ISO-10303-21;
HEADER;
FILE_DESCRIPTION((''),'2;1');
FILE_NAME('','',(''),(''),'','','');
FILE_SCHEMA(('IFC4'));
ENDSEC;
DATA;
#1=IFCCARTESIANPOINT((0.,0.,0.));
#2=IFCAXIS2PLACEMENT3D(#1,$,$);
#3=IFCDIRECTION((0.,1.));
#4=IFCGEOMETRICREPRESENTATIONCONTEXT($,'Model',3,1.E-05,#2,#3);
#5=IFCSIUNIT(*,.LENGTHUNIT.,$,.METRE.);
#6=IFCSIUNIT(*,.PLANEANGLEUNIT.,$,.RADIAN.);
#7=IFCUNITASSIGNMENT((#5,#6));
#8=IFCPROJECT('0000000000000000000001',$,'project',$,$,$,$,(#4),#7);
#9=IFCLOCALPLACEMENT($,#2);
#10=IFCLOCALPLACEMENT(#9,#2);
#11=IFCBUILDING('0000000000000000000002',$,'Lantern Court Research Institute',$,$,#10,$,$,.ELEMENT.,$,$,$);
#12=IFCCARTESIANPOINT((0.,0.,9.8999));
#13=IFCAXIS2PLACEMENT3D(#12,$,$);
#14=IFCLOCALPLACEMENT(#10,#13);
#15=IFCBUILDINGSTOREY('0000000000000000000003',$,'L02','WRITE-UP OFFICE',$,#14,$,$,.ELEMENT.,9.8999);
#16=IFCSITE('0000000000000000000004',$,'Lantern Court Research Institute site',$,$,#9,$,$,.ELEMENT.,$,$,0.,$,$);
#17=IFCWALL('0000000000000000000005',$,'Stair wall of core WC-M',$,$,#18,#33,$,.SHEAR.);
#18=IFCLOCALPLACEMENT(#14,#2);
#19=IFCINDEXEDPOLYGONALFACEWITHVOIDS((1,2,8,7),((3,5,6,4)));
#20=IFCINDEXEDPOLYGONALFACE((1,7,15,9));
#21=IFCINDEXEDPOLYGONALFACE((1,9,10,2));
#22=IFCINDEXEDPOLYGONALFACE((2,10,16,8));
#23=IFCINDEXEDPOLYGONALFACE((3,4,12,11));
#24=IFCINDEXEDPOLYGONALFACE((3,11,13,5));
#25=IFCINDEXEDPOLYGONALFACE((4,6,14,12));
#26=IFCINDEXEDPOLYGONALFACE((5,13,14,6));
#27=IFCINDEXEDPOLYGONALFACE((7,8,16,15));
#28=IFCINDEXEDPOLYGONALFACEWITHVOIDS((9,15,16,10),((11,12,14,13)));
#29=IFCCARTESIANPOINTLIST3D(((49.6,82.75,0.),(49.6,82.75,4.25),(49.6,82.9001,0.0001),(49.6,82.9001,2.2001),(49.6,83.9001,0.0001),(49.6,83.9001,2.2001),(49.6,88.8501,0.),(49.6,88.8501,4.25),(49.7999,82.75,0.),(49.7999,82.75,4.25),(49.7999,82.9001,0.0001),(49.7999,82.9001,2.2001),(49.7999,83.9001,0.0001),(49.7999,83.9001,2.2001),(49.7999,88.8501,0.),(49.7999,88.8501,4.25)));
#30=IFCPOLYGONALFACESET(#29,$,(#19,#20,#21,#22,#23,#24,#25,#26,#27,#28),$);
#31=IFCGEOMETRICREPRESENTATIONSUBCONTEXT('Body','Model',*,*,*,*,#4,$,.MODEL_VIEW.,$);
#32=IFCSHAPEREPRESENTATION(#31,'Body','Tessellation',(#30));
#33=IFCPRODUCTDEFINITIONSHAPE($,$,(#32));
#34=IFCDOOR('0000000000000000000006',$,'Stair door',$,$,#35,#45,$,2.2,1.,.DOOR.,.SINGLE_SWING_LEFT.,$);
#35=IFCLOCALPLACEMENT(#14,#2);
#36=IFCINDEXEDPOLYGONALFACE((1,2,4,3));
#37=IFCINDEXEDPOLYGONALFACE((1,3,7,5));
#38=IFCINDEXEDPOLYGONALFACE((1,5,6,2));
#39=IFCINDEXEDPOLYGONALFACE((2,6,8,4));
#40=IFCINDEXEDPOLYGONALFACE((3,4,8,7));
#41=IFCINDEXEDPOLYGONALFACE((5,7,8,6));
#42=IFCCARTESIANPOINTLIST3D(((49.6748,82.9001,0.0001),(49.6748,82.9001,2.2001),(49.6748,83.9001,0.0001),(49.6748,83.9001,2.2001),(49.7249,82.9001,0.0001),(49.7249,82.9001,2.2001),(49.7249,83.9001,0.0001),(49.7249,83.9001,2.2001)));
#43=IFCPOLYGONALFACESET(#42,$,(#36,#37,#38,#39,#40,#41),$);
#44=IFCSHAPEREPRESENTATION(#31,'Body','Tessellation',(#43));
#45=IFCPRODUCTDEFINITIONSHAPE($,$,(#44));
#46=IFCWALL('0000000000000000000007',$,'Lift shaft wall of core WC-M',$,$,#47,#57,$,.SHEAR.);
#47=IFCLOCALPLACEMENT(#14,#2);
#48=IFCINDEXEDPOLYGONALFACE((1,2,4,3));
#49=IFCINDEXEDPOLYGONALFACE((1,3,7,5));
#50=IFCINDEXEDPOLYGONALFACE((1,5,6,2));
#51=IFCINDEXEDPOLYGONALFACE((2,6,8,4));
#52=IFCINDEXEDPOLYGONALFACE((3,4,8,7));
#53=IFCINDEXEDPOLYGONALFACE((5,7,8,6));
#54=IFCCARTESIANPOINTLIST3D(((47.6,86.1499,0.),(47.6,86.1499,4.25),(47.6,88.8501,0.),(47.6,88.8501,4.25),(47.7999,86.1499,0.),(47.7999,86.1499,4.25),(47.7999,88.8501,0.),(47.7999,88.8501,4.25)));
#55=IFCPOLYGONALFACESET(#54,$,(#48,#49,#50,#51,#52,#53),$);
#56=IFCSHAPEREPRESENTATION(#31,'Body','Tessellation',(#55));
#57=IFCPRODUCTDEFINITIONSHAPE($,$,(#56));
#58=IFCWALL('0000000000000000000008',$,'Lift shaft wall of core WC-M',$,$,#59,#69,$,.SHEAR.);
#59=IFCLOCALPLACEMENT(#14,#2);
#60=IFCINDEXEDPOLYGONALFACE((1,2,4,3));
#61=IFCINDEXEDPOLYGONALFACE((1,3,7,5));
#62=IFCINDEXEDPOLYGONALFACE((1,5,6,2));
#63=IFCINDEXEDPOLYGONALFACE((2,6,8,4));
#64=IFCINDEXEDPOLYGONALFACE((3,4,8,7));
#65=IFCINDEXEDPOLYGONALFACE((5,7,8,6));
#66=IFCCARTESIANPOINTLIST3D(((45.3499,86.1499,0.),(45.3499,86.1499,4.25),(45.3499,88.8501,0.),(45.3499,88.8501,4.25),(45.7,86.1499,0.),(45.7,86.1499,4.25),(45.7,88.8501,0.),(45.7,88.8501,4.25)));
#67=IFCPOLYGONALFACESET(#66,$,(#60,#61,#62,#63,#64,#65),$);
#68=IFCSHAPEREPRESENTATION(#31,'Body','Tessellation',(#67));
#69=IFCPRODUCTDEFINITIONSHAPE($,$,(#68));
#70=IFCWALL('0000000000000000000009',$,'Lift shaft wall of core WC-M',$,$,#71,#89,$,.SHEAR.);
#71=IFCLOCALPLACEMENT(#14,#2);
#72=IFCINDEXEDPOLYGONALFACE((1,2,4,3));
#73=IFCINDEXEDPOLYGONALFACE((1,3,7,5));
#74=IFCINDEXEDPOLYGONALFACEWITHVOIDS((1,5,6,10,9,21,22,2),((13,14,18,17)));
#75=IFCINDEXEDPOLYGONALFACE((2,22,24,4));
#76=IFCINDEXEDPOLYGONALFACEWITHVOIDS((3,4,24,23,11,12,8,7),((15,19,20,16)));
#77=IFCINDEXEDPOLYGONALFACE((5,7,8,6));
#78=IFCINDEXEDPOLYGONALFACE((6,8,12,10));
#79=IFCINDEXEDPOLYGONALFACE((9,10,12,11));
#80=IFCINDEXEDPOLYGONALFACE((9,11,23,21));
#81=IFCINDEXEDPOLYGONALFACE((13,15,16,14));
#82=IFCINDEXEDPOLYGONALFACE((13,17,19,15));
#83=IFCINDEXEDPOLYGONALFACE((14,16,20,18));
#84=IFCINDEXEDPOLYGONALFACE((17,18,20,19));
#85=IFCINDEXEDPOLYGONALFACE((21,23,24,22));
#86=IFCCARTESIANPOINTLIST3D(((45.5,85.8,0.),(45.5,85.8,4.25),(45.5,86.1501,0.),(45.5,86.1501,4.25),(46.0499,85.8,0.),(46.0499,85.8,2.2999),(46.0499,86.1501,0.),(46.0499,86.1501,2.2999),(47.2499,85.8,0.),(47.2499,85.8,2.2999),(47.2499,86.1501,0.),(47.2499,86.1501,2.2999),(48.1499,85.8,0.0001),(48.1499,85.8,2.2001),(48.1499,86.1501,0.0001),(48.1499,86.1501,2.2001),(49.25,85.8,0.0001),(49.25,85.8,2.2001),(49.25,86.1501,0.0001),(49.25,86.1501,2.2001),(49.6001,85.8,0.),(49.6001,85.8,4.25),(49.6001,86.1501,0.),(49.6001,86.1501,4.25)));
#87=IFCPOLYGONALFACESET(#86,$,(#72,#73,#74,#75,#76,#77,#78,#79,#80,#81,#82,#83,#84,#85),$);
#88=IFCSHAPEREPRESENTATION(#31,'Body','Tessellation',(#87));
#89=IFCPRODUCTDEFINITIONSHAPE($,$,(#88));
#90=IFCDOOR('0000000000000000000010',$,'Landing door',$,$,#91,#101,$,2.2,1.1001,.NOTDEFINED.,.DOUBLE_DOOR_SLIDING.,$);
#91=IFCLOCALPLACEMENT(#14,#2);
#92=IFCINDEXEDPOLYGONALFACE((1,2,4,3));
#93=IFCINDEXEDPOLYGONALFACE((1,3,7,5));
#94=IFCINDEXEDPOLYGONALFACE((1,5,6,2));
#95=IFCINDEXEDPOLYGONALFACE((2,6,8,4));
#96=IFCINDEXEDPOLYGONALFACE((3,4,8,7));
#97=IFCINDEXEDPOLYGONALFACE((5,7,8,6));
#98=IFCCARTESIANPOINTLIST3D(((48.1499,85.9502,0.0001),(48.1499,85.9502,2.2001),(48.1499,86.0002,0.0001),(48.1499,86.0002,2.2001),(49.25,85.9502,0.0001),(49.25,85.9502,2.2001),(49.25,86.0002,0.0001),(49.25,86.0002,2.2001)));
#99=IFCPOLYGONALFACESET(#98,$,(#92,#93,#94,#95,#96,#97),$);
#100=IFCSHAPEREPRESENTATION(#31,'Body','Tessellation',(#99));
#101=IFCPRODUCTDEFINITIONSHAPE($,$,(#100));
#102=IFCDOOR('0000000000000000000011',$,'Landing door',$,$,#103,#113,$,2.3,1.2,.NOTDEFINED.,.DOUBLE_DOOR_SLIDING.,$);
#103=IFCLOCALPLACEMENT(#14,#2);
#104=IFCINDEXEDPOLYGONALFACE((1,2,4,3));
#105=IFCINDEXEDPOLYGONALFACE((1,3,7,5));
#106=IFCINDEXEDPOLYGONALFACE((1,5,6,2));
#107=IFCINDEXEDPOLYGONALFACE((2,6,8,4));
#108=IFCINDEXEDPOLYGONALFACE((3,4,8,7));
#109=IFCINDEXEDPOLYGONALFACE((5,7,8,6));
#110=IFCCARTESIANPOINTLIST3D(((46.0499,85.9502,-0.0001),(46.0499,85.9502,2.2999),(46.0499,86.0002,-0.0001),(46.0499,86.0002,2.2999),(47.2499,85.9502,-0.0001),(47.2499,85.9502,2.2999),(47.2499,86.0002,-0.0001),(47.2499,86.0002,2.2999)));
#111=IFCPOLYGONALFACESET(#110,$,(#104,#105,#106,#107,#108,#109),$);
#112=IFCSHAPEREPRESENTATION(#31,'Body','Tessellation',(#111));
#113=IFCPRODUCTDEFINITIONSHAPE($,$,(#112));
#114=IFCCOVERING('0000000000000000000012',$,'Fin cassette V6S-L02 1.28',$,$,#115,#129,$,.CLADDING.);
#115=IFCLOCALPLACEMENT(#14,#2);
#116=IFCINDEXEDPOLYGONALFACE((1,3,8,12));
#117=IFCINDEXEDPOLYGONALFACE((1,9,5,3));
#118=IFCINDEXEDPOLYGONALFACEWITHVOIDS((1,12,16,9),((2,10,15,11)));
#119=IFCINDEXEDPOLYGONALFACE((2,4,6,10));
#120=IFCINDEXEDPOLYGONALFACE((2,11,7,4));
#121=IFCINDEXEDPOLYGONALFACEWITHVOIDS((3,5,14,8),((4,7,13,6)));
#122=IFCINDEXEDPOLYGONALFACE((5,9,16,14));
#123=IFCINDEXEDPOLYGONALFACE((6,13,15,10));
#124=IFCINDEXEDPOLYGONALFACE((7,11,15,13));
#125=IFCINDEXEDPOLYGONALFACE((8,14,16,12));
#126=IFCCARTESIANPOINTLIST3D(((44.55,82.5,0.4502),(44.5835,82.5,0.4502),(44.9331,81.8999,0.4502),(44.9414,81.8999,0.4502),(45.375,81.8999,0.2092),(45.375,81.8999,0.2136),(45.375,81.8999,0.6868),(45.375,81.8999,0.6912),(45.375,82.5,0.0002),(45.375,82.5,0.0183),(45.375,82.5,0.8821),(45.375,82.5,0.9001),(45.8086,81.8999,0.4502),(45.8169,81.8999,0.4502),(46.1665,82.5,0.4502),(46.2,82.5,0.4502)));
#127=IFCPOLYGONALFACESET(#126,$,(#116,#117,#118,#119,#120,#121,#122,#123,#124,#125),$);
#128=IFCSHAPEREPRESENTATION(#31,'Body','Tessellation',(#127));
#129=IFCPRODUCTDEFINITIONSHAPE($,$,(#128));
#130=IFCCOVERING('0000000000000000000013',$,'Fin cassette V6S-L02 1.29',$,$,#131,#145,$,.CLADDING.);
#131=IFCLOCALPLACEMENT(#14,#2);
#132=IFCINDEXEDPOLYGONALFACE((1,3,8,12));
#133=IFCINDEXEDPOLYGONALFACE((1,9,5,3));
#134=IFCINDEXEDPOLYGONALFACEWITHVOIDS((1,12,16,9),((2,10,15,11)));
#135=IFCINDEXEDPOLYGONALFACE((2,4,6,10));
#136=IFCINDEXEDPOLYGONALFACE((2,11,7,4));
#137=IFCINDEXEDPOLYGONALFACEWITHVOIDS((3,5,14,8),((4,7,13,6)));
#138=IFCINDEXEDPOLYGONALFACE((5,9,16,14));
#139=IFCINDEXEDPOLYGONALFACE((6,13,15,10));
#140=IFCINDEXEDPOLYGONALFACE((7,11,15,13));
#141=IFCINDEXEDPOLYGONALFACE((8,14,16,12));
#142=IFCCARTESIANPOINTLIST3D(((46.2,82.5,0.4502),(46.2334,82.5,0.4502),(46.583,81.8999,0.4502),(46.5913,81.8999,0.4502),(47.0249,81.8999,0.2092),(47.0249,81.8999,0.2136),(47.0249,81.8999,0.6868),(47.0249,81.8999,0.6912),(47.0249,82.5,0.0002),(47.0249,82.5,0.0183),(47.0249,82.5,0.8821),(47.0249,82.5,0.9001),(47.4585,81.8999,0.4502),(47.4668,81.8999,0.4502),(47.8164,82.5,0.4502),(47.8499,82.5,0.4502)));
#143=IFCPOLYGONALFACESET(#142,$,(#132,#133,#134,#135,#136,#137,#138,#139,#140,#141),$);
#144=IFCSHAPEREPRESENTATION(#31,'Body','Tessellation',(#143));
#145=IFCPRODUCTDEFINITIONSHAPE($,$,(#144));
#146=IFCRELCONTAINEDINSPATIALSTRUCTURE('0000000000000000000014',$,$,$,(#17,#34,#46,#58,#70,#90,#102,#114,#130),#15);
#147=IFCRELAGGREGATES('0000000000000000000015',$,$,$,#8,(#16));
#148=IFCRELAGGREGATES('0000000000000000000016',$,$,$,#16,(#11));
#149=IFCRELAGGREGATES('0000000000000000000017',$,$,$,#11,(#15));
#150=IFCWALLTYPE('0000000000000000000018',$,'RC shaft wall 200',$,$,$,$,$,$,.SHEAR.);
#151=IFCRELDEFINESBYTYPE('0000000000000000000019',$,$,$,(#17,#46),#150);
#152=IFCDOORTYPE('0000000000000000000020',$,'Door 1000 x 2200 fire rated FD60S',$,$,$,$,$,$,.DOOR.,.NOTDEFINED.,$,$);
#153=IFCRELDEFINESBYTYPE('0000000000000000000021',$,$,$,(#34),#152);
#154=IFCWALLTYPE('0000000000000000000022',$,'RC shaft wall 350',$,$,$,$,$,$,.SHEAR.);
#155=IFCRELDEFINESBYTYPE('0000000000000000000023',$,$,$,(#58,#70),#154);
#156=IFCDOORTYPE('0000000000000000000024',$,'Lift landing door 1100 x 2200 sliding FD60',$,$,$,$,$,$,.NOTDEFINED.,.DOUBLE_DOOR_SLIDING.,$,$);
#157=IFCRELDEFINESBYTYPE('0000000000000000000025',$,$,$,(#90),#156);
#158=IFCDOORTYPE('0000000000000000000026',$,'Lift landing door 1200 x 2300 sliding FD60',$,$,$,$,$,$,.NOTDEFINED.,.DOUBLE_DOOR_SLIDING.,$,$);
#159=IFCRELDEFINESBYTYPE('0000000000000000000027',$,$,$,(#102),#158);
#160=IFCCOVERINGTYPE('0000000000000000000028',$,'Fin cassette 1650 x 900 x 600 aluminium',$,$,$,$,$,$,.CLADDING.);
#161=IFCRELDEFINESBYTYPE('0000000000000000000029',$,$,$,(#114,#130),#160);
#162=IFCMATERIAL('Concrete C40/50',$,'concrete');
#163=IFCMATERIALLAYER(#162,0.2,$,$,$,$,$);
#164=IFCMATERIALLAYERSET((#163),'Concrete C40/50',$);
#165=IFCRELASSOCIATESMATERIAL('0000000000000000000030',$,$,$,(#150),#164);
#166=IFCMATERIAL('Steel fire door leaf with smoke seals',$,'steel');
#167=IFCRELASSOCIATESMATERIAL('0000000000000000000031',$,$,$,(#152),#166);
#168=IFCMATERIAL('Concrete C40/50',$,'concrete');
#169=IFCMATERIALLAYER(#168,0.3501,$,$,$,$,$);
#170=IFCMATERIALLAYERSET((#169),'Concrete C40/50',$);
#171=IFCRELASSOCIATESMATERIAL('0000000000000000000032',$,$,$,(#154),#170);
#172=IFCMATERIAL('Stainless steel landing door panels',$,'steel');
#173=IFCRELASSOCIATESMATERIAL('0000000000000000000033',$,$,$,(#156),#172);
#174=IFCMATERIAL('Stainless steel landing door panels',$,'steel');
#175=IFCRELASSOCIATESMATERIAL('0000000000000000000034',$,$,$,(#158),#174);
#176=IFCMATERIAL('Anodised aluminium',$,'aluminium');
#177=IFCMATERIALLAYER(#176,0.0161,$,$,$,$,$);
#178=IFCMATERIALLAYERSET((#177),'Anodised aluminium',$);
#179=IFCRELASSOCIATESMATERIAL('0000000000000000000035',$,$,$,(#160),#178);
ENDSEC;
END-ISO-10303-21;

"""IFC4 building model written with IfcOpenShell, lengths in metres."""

from ifc_helpers import new_model, entity, si_unit, direction, frame, frame_2d, origin, place, context, subcontext, project, spatial, rectangle, extrude, material, layer, layer_set, type_object, element, fill, save


model = new_model("IFC4")

# Units and contexts
model_context = context("Model", 3, precision=1e-05, world=origin(), true_north=direction((0.0, 1.0)))
body_context = subcontext(model_context, "Body", "Model", "MODEL_VIEW")
ifc_project = project(units=[si_unit("LENGTHUNIT", "METRE"), si_unit("PLANEANGLEUNIT", "RADIAN")], contexts=[model_context])

# Site, building, storey
site_placement = place(None, origin())
site = spatial("IfcSite", under=ifc_project, at=site_placement, Name="Lantern Court Research Institute site", CompositionType="ELEMENT", RefElevation=0.0)
building_placement = place(site_placement, origin())
building = spatial("IfcBuilding", under=site, at=building_placement, Name="Lantern Court Research Institute", CompositionType="ELEMENT")
storey_placement = place(building_placement, frame((0.0, 0.0, 9.8999)))
storey = spatial("IfcBuildingStorey", under=building, at=storey_placement, Name="L02", Description="WRITE-UP OFFICE", CompositionType="ELEMENT", Elevation=9.8999)

# Wall, opening, door
ifc_material_1 = material(Name="Concrete C40/50", Category="concrete")
ifc_layer_1 = layer(ifc_material_1, 0.2)
ifc_layer_set_1 = layer_set([ifc_layer_1], Name="Concrete C40/50")
wall_type_1 = type_object("IfcWallType", Name="RC shaft wall 200", PredefinedType="SHEAR", material=ifc_layer_set_1)
wall_1_placement = place(storey_placement, frame((49.7, 88.8501, 0.0), z_axis=(0.0, 0.0, 1.0), x_axis=(0.0, -1.0, 0.0)))
wall_1 = element("IfcWall", 1, at=wall_1_placement, inside=storey, type_object=wall_type_1, Name="Stair wall of core WC-M", PredefinedType="SHEAR", context=body_context, shape_type="SweptSolid", body=[
    extrude(rectangle(XDim=6.1001, YDim=0.2, at=frame_2d((3.05, 0.0))), origin(), (0.0, 0.0, 1.0), 4.25),
])
opening_1_placement = place(wall_1_placement, frame((4.95, 0.0, 0.0)))
opening_1 = element("IfcOpeningElement", 2, at=opening_1_placement, cuts=wall_1, PredefinedType="OPENING", context=body_context, shape_type="SweptSolid", body=[
    extrude(rectangle(XDim=1.0, YDim=2.2, at=frame_2d((0.5, 1.1001))), frame((0.0, 0.1099, 0.0), z_axis=(0.0, -1.0, 0.0), x_axis=(1.0, 0.0, 0.0)), (0.0, 0.0, 1.0), 0.22),
])
ifc_material_2 = material(Name="Steel fire door leaf with smoke seals", Category="steel")
door_type_1 = type_object("IfcDoorType", Name="Door 1000 x 2200 fire rated FD60S", OperationType="NOTDEFINED", PredefinedType="DOOR", material=ifc_material_2)
door_1_placement = place(opening_1_placement, origin())
door_1 = element("IfcDoor", 3, at=door_1_placement, inside=storey, type_object=door_type_1, Name="Stair door", OperationType="SINGLE_SWING_LEFT", OverallHeight=2.2, OverallWidth=1.0, PredefinedType="DOOR", context=body_context, shape_type="SweptSolid", body=[
    extrude(rectangle(XDim=1.0, YDim=2.2, at=frame_2d((0.5, 1.1001))), frame((0.0, 0.0249, 0.0), z_axis=(0.0, -1.0, 0.0), x_axis=(1.0, 0.0, 0.0)), (0.0, 0.0, 1.0), 0.05),
])
fill(opening_1, door_1)

# Walls
wall_2_placement = place(storey_placement, frame((47.7, 88.8501, 0.0), z_axis=(0.0, 0.0, 1.0), x_axis=(0.0, -1.0, 0.0)))
element("IfcWall", 4, at=wall_2_placement, inside=storey, type_object=wall_type_1, Name="Lift shaft wall of core WC-M", PredefinedType="SHEAR", context=body_context, shape_type="SweptSolid", body=[
    extrude(rectangle(XDim=2.7002, YDim=0.2, at=frame_2d((1.3501, 0.0))), origin(), (0.0, 0.0, 1.0), 4.25),
])
ifc_material_3 = material(Name="Concrete C40/50", Category="concrete")
ifc_layer_2 = layer(ifc_material_3, 0.3501)
ifc_layer_set_2 = layer_set([ifc_layer_2], Name="Concrete C40/50")
wall_type_2 = type_object("IfcWallType", Name="RC shaft wall 350", PredefinedType="SHEAR", material=ifc_layer_set_2)
wall_3_placement = place(storey_placement, frame((45.5249, 88.8501, 0.0), z_axis=(0.0, 0.0, 1.0), x_axis=(0.0, -1.0, 0.0)))
element("IfcWall", 5, at=wall_3_placement, inside=storey, type_object=wall_type_2, Name="Lift shaft wall of core WC-M", PredefinedType="SHEAR", context=body_context, shape_type="SweptSolid", body=[
    extrude(rectangle(XDim=2.7002, YDim=0.3501, at=frame_2d((1.3501, 0.0))), origin(), (0.0, 0.0, 1.0), 4.25),
])

# Wall, openings, doors
wall_4_placement = place(storey_placement, frame((49.6001, 85.9751, 0.0), z_axis=(0.0, 0.0, 1.0), x_axis=(-1.0, 0.0, 0.0)))
wall_4 = element("IfcWall", 6, at=wall_4_placement, inside=storey, type_object=wall_type_2, Name="Lift shaft wall of core WC-M", PredefinedType="SHEAR", context=body_context, shape_type="SweptSolid", body=[
    extrude(rectangle(XDim=4.1001, YDim=0.3501, at=frame_2d((2.05, 0.0))), origin(), (0.0, 0.0, 1.0), 4.25),
])
opening_2_placement = place(wall_4_placement, frame((0.3501, 0.0, 0.0)))
opening_2 = element("IfcOpeningElement", 7, at=opening_2_placement, cuts=wall_4, PredefinedType="OPENING", context=body_context, shape_type="SweptSolid", body=[
    extrude(rectangle(XDim=1.1001, YDim=2.2, at=frame_2d((0.55, 1.1001))), frame((0.0, 0.1851, 0.0), z_axis=(0.0, -1.0, 0.0), x_axis=(1.0, 0.0, 0.0)), (0.0, 0.0, 1.0), 0.3701),
])
opening_3_placement = place(wall_4_placement, frame((2.3501, 0.0, 0.0)))
opening_3 = element("IfcOpeningElement", 8, at=opening_3_placement, cuts=wall_4, PredefinedType="OPENING", context=body_context, shape_type="SweptSolid", body=[
    extrude(rectangle(XDim=1.2, YDim=2.3, at=frame_2d((0.6001, 1.1499))), frame((0.0, 0.1851, 0.0), z_axis=(0.0, -1.0, 0.0), x_axis=(1.0, 0.0, 0.0)), (0.0, 0.0, 1.0), 0.3701),
])
ifc_material_4 = material(Name="Stainless steel landing door panels", Category="steel")
door_type_2 = type_object("IfcDoorType", Name="Lift landing door 1100 x 2200 sliding FD60", OperationType="DOUBLE_DOOR_SLIDING", PredefinedType="NOTDEFINED", material=ifc_material_4)
door_2_placement = place(opening_2_placement, origin())
door_2 = element("IfcDoor", 9, at=door_2_placement, inside=storey, type_object=door_type_2, Name="Landing door", OperationType="DOUBLE_DOOR_SLIDING", OverallHeight=2.2, OverallWidth=1.1001, PredefinedType="NOTDEFINED", context=body_context, shape_type="SweptSolid", body=[
    extrude(rectangle(XDim=1.1001, YDim=2.2, at=frame_2d((0.55, 1.1001))), frame((0.0, 0.0249, 0.0), z_axis=(0.0, -1.0, 0.0), x_axis=(1.0, 0.0, 0.0)), (0.0, 0.0, 1.0), 0.05),
])
fill(opening_2, door_2)
ifc_material_5 = material(Name="Stainless steel landing door panels", Category="steel")
door_type_3 = type_object("IfcDoorType", Name="Lift landing door 1200 x 2300 sliding FD60", OperationType="DOUBLE_DOOR_SLIDING", PredefinedType="NOTDEFINED", material=ifc_material_5)
door_3_placement = place(opening_3_placement, origin())
door_3 = element("IfcDoor", 10, at=door_3_placement, inside=storey, type_object=door_type_3, Name="Landing door", OperationType="DOUBLE_DOOR_SLIDING", OverallHeight=2.3, OverallWidth=1.2, PredefinedType="NOTDEFINED", context=body_context, shape_type="SweptSolid", body=[
    extrude(rectangle(XDim=1.2, YDim=2.3, at=frame_2d((0.6001, 1.1499))), frame((0.0, 0.0249, 0.0), z_axis=(0.0, -1.0, 0.0), x_axis=(1.0, 0.0, 0.0)), (0.0, 0.0, 1.0), 0.05),
])
fill(opening_3, door_3)

# Coverings
ifc_material_6 = material(Name="Anodised aluminium", Category="aluminium")
ifc_layer_3 = layer(ifc_material_6, 0.0161)
ifc_layer_set_3 = layer_set([ifc_layer_3], Name="Anodised aluminium")
covering_type = type_object("IfcCoveringType", Name="Fin cassette 1650 x 900 x 600 aluminium", PredefinedType="CLADDING", material=ifc_layer_set_3)
covering_1_placement = place(storey_placement, frame((45.375, 82.5, 0.4502), z_axis=(0.0, -1.0, 0.0), x_axis=(1.0, 0.0, 0.0)))
cartesian_point_1 = entity("IfcCartesianPoint", [0.825, 0.0])
cartesian_point_2 = entity("IfcCartesianPoint", [0.7915, 0.0])
cartesian_point_3 = entity("IfcCartesianPoint", [0.4419, 0.0])
cartesian_point_4 = entity("IfcCartesianPoint", [0.4336, 0.0])
element("IfcCovering", 11, at=covering_1_placement, inside=storey, type_object=covering_type, Name="Fin cassette V6S-L02 1.28", PredefinedType="CLADDING", context=body_context, shape_type="SweptSolid", body=[
    entity("IfcExtrudedAreaSolidTapered", entity("IfcArbitraryProfileDefWithVoids", "AREA", None, entity("IfcPolyline", [cartesian_point_1, entity("IfcCartesianPoint", [0.0, 0.45]), entity("IfcCartesianPoint", [-0.825, 0.0]), entity("IfcCartesianPoint", [0.0, -0.45]), cartesian_point_1]), [entity("IfcPolyline", [cartesian_point_2, entity("IfcCartesianPoint", [0.0, 0.4319]), entity("IfcCartesianPoint", [-0.7915, 0.0]), entity("IfcCartesianPoint", [0.0, -0.4319]), cartesian_point_2])]), entity("IfcAxis2Placement3D", entity("IfcCartesianPoint", [0.0, 0.0, 0.0])), entity("IfcDirection", [0.0, 0.0, 1.0]), 0.6001, entity("IfcArbitraryProfileDefWithVoids", "AREA", None, entity("IfcPolyline", [cartesian_point_3, entity("IfcCartesianPoint", [0.0, 0.241]), entity("IfcCartesianPoint", [-0.4419, 0.0]), entity("IfcCartesianPoint", [0.0, -0.241]), cartesian_point_3]), [entity("IfcPolyline", [cartesian_point_4, entity("IfcCartesianPoint", [0.0, 0.2366]), entity("IfcCartesianPoint", [-0.4336, 0.0]), entity("IfcCartesianPoint", [0.0, -0.2366]), cartesian_point_4])])),
])
covering_2_placement = place(storey_placement, frame((47.0249, 82.5, 0.4502), z_axis=(0.0, -1.0, 0.0), x_axis=(1.0, 0.0, 0.0)))
cartesian_point_5 = entity("IfcCartesianPoint", [0.825, 0.0])
cartesian_point_6 = entity("IfcCartesianPoint", [0.7915, 0.0])
cartesian_point_7 = entity("IfcCartesianPoint", [0.4419, 0.0])
cartesian_point_8 = entity("IfcCartesianPoint", [0.4336, 0.0])
element("IfcCovering", 12, at=covering_2_placement, inside=storey, type_object=covering_type, Name="Fin cassette V6S-L02 1.29", PredefinedType="CLADDING", context=body_context, shape_type="SweptSolid", body=[
    entity("IfcExtrudedAreaSolidTapered", entity("IfcArbitraryProfileDefWithVoids", "AREA", None, entity("IfcPolyline", [cartesian_point_5, entity("IfcCartesianPoint", [0.0, 0.45]), entity("IfcCartesianPoint", [-0.825, 0.0]), entity("IfcCartesianPoint", [0.0, -0.45]), cartesian_point_5]), [entity("IfcPolyline", [cartesian_point_6, entity("IfcCartesianPoint", [0.0, 0.4319]), entity("IfcCartesianPoint", [-0.7915, 0.0]), entity("IfcCartesianPoint", [0.0, -0.4319]), cartesian_point_6])]), entity("IfcAxis2Placement3D", entity("IfcCartesianPoint", [0.0, 0.0, 0.0])), entity("IfcDirection", [0.0, 0.0, 1.0]), 0.6001, entity("IfcArbitraryProfileDefWithVoids", "AREA", None, entity("IfcPolyline", [cartesian_point_7, entity("IfcCartesianPoint", [0.0, 0.241]), entity("IfcCartesianPoint", [-0.4419, 0.0]), entity("IfcCartesianPoint", [0.0, -0.241]), cartesian_point_7]), [entity("IfcPolyline", [cartesian_point_8, entity("IfcCartesianPoint", [0.0, 0.2366]), entity("IfcCartesianPoint", [-0.4336, 0.0]), entity("IfcCartesianPoint", [0.0, -0.2366]), cartesian_point_8])])),
])

save(model, "model.ifc")
